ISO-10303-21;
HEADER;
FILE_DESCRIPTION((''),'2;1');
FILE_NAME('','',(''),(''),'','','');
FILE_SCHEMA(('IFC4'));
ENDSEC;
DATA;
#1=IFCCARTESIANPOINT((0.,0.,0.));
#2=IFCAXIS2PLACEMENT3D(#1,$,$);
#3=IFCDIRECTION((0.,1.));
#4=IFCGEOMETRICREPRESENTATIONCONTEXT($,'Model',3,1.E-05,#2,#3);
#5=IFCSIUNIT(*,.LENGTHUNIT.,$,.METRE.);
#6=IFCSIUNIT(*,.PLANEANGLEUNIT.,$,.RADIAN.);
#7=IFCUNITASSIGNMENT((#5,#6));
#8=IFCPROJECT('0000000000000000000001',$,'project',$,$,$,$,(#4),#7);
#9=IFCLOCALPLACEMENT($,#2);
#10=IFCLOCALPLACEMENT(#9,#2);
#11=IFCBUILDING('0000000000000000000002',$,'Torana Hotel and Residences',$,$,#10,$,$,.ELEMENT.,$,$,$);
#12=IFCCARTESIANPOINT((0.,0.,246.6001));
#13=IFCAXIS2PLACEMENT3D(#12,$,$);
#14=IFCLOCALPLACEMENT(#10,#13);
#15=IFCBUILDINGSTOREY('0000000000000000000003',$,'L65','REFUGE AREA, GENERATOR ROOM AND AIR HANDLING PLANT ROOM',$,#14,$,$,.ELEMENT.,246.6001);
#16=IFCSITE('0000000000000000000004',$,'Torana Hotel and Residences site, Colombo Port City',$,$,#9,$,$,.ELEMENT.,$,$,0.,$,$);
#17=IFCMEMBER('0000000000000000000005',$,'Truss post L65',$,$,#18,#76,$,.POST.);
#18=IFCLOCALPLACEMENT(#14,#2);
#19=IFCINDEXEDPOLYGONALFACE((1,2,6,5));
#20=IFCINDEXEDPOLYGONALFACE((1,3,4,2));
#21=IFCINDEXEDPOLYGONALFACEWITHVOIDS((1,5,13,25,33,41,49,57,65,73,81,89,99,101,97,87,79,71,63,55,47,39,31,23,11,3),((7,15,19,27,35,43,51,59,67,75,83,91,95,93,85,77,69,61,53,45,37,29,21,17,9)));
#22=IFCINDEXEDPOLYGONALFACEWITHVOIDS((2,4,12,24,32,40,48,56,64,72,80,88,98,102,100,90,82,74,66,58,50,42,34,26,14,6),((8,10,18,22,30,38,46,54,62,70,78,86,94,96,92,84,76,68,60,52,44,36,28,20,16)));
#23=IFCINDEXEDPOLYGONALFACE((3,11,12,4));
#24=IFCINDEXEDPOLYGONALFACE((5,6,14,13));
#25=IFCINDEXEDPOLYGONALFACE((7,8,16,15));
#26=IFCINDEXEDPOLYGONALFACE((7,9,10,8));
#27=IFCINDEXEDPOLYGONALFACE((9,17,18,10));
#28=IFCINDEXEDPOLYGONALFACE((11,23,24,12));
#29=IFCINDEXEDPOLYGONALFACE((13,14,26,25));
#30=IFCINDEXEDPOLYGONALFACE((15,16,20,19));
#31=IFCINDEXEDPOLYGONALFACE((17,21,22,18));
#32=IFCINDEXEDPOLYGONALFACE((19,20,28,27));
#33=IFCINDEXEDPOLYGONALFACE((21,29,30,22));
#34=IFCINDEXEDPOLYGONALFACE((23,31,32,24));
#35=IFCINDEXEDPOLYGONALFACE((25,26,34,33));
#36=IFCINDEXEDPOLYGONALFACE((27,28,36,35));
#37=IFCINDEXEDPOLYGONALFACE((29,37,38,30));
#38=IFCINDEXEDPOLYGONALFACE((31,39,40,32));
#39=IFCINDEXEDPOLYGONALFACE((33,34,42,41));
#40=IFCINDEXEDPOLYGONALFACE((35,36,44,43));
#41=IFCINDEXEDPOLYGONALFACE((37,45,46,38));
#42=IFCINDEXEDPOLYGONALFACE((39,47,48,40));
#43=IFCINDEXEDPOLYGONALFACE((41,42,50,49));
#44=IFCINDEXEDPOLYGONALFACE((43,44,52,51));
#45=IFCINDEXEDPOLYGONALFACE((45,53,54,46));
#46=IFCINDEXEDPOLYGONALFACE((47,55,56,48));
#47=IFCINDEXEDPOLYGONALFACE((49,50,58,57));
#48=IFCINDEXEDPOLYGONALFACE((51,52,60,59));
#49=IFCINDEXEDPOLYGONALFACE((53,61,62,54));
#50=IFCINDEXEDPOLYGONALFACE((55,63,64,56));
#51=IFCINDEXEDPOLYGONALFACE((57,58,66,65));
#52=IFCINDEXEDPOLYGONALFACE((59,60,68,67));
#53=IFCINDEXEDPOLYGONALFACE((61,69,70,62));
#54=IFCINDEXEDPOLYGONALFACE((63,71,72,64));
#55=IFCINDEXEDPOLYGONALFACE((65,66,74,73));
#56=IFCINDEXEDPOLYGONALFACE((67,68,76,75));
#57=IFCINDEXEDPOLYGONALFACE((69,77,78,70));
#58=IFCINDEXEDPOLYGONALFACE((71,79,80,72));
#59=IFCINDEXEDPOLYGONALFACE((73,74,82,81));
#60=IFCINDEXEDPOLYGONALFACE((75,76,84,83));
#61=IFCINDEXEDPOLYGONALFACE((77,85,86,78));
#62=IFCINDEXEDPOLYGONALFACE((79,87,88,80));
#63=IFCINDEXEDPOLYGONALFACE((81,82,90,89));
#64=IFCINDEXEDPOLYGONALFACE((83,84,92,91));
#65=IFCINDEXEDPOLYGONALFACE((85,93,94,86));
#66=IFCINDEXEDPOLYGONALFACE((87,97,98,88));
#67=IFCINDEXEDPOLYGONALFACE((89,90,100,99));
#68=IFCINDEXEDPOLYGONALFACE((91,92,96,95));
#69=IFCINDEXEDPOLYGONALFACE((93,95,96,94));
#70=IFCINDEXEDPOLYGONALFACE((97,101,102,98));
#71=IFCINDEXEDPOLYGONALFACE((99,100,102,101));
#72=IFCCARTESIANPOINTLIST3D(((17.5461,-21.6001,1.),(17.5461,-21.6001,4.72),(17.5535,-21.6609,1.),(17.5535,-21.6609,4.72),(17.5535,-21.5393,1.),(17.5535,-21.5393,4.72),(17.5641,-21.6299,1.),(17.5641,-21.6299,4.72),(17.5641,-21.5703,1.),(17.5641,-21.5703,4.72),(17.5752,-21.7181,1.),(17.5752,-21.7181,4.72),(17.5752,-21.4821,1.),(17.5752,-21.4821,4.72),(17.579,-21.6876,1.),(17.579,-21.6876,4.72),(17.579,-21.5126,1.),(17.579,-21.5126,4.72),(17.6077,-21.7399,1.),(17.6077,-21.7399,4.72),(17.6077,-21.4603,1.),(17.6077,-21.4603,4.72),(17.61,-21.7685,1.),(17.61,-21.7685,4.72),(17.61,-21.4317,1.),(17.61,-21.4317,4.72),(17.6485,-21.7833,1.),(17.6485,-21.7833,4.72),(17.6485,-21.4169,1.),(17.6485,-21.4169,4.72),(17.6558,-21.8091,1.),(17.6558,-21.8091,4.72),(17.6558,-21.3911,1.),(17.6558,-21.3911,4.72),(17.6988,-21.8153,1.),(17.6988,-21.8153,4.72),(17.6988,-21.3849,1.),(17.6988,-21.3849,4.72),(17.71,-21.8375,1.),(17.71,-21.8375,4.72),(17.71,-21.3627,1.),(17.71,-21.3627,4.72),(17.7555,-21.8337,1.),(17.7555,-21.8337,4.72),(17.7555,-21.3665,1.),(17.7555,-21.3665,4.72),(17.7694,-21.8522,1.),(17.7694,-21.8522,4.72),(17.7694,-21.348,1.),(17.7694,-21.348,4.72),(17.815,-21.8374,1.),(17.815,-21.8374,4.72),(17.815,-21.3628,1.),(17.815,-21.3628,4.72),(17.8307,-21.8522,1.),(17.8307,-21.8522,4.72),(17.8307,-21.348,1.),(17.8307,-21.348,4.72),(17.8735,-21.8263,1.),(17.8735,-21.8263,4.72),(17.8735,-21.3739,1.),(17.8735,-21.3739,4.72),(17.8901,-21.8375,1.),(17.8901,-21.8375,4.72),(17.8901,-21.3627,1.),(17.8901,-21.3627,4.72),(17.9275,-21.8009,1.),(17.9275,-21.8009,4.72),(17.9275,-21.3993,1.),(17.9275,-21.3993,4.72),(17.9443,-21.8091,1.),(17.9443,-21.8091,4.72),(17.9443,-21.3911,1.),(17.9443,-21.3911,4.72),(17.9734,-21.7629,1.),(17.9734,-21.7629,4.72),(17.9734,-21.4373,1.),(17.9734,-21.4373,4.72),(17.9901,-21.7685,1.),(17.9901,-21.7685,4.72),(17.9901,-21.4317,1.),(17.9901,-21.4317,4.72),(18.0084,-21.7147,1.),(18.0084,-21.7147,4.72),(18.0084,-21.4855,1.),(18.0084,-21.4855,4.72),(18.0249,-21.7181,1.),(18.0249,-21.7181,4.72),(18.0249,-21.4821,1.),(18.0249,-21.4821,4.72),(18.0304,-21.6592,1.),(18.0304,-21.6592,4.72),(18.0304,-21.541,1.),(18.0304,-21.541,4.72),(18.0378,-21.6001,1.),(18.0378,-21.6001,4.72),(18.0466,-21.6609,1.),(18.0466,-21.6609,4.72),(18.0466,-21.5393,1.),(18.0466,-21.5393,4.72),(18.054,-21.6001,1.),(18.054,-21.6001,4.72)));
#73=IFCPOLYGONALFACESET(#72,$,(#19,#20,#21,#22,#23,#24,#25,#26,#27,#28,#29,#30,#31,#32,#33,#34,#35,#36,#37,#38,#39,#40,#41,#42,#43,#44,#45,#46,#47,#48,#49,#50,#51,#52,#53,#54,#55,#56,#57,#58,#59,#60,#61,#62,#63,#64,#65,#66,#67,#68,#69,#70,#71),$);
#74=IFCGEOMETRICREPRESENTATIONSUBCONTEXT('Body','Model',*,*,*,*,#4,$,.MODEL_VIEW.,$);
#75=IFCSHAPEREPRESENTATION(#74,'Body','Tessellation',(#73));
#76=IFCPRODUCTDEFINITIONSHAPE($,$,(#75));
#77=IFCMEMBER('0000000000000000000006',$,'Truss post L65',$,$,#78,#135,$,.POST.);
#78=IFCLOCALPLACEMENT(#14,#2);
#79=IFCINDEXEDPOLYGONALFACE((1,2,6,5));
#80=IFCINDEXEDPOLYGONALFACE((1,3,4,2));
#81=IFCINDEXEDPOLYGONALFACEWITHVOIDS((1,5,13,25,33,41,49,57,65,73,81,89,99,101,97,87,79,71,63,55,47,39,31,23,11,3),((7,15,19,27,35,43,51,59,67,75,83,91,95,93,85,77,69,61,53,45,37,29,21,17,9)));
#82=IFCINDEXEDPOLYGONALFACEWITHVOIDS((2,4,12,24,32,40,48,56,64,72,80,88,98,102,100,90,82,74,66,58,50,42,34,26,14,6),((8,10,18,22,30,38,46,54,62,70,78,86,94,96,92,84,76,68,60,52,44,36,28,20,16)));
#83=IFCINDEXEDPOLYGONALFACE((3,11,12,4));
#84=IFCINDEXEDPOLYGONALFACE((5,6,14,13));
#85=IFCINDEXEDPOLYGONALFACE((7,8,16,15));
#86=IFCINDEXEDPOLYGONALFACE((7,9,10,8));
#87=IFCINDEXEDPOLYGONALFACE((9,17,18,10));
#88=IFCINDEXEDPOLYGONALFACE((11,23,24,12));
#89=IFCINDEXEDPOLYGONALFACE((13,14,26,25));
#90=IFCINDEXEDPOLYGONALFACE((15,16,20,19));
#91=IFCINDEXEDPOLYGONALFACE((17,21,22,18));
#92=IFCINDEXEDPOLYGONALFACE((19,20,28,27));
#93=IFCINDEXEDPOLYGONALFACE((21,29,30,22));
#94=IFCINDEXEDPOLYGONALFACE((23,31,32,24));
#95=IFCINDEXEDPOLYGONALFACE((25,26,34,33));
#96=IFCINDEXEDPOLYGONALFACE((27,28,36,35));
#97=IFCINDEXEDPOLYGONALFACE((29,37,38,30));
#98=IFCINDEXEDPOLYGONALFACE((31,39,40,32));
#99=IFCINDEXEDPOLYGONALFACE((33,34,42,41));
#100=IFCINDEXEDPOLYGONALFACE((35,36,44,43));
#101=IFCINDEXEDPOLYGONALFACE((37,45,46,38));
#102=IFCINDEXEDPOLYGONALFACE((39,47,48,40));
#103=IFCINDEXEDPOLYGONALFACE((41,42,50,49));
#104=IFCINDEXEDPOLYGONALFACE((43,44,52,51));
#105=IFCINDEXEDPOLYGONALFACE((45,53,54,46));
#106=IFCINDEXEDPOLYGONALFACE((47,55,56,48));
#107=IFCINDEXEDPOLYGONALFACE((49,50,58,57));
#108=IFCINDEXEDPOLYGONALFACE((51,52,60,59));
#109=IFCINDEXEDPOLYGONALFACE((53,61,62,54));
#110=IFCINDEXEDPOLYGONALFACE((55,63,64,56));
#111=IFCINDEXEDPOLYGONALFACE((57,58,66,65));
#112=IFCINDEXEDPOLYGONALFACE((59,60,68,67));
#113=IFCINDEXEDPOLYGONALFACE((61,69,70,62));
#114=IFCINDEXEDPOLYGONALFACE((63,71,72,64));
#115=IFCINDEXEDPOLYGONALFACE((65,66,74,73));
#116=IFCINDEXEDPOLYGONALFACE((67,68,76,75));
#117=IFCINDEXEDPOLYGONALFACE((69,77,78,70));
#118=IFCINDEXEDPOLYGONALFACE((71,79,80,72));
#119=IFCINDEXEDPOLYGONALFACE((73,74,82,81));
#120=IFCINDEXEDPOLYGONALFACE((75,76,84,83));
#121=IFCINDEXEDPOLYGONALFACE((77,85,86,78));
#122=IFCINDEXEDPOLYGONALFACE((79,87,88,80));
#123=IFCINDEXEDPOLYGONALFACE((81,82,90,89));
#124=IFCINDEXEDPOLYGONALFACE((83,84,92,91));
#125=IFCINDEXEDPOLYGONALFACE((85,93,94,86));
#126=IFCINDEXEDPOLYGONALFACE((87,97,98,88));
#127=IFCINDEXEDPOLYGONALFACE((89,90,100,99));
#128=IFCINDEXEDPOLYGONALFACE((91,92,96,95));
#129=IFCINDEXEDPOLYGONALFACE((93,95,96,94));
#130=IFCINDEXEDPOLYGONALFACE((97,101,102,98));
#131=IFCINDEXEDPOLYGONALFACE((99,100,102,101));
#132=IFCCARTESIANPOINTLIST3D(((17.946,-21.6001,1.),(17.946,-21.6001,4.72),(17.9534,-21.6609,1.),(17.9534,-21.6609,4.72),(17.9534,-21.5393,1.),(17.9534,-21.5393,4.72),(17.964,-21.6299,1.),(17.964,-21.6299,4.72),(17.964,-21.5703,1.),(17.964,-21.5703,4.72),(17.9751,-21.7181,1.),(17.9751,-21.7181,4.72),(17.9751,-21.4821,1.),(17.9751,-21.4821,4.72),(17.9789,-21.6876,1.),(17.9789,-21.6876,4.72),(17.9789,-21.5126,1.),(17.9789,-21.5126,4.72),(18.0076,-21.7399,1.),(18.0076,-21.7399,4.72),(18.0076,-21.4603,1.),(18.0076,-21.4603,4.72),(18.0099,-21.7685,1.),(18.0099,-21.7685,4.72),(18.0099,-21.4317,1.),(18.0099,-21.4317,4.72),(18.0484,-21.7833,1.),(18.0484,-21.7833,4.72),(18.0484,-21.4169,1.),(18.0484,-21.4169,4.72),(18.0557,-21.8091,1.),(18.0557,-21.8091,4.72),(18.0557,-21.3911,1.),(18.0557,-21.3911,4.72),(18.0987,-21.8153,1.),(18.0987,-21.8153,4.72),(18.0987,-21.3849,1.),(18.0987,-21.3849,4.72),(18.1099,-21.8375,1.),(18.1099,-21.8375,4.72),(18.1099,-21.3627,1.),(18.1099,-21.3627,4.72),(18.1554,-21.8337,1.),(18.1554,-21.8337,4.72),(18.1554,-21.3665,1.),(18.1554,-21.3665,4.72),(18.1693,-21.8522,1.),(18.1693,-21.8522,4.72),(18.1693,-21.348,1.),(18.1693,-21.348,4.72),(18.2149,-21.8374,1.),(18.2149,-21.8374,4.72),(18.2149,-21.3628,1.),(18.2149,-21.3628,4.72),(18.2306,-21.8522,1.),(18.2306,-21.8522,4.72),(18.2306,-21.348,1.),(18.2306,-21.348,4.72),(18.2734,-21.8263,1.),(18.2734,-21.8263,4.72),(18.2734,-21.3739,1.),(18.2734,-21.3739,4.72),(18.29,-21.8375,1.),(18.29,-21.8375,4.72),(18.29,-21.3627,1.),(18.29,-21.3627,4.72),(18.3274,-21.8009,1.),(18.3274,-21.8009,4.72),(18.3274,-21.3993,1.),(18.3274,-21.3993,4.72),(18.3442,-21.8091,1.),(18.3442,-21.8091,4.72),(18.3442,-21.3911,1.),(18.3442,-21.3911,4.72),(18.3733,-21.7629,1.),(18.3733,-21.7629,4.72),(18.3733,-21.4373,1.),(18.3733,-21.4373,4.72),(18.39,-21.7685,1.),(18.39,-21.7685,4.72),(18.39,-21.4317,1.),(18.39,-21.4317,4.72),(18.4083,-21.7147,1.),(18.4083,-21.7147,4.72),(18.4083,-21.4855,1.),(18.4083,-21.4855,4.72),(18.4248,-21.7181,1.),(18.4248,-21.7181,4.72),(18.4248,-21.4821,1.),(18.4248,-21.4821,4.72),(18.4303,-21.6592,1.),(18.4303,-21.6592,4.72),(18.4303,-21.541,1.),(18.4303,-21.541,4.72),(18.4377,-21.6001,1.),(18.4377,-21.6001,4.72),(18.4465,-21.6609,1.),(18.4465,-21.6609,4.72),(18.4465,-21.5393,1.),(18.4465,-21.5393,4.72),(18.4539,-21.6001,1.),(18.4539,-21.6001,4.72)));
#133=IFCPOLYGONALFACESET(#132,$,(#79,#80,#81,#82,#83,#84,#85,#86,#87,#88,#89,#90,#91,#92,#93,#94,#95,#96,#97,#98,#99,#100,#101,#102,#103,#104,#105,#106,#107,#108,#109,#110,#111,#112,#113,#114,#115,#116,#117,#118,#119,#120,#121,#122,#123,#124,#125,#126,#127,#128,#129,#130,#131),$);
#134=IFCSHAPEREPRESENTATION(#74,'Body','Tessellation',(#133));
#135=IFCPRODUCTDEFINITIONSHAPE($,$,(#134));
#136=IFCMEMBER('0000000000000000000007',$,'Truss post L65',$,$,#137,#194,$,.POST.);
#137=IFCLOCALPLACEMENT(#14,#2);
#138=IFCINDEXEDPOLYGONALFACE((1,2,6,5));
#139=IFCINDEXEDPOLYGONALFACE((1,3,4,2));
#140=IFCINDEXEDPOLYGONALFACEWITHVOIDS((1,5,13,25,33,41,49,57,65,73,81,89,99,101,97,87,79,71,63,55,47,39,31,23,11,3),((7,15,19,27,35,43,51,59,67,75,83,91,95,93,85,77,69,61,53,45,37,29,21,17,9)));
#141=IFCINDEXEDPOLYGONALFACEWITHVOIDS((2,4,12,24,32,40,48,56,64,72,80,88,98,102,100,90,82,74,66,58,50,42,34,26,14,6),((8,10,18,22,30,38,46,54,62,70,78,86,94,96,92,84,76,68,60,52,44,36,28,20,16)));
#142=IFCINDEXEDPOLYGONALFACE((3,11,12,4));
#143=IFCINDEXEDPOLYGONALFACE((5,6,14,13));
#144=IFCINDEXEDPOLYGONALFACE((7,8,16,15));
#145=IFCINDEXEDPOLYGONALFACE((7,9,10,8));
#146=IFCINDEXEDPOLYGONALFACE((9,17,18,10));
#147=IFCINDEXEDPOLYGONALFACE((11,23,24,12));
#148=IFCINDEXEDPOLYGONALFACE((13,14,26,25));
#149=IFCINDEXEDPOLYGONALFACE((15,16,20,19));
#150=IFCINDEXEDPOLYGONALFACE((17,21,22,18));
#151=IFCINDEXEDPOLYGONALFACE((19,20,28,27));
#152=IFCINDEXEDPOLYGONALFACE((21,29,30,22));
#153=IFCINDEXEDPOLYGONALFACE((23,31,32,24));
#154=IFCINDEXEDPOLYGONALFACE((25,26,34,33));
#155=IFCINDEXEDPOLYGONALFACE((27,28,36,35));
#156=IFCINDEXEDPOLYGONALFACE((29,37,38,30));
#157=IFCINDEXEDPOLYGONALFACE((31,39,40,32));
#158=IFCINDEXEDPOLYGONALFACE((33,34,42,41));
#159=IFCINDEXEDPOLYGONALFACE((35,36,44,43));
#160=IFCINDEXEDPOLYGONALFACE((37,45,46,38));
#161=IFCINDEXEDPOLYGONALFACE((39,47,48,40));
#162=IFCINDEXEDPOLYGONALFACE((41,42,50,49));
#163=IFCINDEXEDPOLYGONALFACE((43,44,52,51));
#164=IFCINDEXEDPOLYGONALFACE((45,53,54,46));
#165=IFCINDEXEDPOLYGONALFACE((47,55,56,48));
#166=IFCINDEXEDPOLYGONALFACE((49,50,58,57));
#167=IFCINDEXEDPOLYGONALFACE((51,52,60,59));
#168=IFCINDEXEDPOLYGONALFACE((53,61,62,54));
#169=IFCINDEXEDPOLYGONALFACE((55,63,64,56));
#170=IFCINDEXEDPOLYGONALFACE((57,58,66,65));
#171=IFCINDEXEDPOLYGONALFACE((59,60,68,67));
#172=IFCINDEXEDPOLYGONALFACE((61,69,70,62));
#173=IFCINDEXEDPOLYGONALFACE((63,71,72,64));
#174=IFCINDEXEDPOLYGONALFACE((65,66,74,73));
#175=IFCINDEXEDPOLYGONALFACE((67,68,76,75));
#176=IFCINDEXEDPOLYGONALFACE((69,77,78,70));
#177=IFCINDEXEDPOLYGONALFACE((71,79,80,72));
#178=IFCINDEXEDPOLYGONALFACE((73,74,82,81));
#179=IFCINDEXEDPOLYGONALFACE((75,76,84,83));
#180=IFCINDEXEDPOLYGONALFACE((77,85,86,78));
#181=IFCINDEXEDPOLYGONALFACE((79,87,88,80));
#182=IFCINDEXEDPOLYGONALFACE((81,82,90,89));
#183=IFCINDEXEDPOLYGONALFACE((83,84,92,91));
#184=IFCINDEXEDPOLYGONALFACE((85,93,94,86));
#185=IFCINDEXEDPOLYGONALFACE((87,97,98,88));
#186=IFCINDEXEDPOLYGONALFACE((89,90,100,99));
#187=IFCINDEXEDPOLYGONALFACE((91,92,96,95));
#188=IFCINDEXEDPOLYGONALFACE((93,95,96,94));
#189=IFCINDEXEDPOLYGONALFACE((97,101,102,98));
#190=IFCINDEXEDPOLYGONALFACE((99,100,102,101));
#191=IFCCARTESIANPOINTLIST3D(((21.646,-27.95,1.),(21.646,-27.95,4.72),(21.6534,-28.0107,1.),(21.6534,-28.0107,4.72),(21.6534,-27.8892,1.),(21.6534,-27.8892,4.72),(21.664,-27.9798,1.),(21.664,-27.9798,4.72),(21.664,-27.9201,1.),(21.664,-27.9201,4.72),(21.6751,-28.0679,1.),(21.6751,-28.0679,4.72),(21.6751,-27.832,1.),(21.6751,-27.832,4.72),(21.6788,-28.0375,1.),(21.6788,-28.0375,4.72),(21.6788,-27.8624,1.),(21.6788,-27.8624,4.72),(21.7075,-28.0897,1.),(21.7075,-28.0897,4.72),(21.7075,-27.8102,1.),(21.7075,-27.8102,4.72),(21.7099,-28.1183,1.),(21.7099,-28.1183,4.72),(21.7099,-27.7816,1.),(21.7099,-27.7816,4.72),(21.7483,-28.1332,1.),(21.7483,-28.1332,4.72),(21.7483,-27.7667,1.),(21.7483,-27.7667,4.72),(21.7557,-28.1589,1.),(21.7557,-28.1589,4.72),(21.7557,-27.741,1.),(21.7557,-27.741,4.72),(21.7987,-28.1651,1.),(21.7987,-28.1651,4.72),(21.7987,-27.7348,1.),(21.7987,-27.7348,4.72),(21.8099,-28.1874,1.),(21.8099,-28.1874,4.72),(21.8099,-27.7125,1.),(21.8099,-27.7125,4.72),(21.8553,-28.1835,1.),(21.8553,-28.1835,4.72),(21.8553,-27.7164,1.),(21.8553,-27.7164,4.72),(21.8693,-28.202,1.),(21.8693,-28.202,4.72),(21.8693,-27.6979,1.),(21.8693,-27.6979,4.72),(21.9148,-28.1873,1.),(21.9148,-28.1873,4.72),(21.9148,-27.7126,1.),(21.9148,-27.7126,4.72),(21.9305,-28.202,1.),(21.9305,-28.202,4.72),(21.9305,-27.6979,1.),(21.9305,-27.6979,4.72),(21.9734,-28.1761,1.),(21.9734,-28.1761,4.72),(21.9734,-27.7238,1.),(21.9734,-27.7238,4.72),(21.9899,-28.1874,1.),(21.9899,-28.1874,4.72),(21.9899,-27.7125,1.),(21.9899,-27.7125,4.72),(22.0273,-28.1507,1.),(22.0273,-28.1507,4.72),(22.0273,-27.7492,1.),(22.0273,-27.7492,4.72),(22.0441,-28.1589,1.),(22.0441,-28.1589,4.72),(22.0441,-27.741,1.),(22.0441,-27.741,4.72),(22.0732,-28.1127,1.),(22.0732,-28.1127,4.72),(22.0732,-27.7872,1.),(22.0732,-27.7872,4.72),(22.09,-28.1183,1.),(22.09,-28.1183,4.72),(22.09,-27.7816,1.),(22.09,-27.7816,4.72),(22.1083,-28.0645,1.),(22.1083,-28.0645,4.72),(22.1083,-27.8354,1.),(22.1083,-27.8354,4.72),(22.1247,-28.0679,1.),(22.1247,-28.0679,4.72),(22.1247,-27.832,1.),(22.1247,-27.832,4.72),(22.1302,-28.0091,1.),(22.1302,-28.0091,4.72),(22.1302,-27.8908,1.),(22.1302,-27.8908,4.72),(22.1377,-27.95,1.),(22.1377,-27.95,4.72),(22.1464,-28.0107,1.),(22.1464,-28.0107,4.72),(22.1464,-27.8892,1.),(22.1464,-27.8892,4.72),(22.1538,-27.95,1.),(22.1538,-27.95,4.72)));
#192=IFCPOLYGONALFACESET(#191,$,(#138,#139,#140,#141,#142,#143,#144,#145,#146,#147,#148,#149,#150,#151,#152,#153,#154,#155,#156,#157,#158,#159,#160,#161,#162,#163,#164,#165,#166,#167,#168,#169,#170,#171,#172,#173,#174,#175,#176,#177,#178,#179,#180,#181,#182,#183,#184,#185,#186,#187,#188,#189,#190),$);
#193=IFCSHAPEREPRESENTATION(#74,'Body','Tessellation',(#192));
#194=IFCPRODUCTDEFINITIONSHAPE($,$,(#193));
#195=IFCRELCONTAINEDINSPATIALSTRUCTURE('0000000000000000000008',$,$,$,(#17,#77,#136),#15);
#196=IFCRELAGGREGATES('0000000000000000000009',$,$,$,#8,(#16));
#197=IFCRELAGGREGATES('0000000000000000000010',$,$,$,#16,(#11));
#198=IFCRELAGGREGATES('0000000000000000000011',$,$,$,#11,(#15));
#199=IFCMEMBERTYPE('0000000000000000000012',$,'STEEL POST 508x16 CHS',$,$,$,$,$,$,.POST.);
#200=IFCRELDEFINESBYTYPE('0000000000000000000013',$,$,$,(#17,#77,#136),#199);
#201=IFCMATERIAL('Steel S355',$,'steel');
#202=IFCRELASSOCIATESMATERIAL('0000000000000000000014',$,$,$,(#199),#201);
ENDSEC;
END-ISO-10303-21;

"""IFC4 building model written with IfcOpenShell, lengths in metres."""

from ifc_helpers import new_model, si_unit, direction, frame, origin, origin_2d, place, context, subcontext, project, spatial, hollow_circle, extrude, material, material_profile, profile_set, type_object, element, save


model = new_model("IFC4")

# Units and contexts
model_context = context("Model", 3, precision=1e-05, world=origin(), true_north=direction((0.0, 1.0)))
body_context = subcontext(model_context, "Body", "Model", "MODEL_VIEW")
ifc_project = project(units=[si_unit("LENGTHUNIT", "METRE"), si_unit("PLANEANGLEUNIT", "RADIAN")], contexts=[model_context])

# Site, building, storey
site_placement = place(None, origin())
site = spatial("IfcSite", under=ifc_project, at=site_placement, Name="Torana Hotel and Residences site, Colombo Port City", CompositionType="ELEMENT", RefElevation=0.0)
building_placement = place(site_placement, origin())
building = spatial("IfcBuilding", under=site, at=building_placement, Name="Torana Hotel and Residences", CompositionType="ELEMENT")
storey_placement = place(building_placement, frame((0.0, 0.0, 246.6001)))
storey = spatial("IfcBuildingStorey", under=building, at=storey_placement, Name="L65", Description="REFUGE AREA, GENERATOR ROOM AND AIR HANDLING PLANT ROOM", CompositionType="ELEMENT", Elevation=246.6001)

# Members
ifc_material_1 = material(Name="Steel S355", Category="steel")
ifc_material_profile_1 = material_profile(ifc_material_1, hollow_circle(Radius=0.2539, WallThickness=0.0161, at=origin_2d()), Name="508x16 CHS")
ifc_profile_set_1 = profile_set([ifc_material_profile_1], Name="Steel S355")
member_type_1 = type_object("IfcMemberType", Name="STEEL POST 508x16 CHS", PredefinedType="POST", material=ifc_profile_set_1)
for number, where, z_axis, x_axis, name in (
    (1, (17.8, -21.6001, 1.0), (0.0, 0.0, 1.0), (1.0, 0.0, 0.0), "Truss post L65"),
    (2, (18.2, -21.6001, 1.0), (0.0, 0.0, 1.0), (1.0, 0.0, 0.0), "Truss post L65"),
    (3, (21.8999, -27.95, 1.0), (0.0, 0.0, 1.0), (1.0, 0.0, 0.0), "Truss post L65"),
):
    element("IfcMember", number, at=place(storey_placement, frame(where, z_axis=z_axis, x_axis=x_axis)), inside=storey, type_object=member_type_1, Name=name, PredefinedType="POST", context=body_context, shape_type="SweptSolid", body=[
        extrude(hollow_circle(Radius=0.2539, WallThickness=0.0161, at=origin_2d()), origin(), (0.0, 0.0, 1.0), 3.72),
    ])

save(model, "model.ifc")
